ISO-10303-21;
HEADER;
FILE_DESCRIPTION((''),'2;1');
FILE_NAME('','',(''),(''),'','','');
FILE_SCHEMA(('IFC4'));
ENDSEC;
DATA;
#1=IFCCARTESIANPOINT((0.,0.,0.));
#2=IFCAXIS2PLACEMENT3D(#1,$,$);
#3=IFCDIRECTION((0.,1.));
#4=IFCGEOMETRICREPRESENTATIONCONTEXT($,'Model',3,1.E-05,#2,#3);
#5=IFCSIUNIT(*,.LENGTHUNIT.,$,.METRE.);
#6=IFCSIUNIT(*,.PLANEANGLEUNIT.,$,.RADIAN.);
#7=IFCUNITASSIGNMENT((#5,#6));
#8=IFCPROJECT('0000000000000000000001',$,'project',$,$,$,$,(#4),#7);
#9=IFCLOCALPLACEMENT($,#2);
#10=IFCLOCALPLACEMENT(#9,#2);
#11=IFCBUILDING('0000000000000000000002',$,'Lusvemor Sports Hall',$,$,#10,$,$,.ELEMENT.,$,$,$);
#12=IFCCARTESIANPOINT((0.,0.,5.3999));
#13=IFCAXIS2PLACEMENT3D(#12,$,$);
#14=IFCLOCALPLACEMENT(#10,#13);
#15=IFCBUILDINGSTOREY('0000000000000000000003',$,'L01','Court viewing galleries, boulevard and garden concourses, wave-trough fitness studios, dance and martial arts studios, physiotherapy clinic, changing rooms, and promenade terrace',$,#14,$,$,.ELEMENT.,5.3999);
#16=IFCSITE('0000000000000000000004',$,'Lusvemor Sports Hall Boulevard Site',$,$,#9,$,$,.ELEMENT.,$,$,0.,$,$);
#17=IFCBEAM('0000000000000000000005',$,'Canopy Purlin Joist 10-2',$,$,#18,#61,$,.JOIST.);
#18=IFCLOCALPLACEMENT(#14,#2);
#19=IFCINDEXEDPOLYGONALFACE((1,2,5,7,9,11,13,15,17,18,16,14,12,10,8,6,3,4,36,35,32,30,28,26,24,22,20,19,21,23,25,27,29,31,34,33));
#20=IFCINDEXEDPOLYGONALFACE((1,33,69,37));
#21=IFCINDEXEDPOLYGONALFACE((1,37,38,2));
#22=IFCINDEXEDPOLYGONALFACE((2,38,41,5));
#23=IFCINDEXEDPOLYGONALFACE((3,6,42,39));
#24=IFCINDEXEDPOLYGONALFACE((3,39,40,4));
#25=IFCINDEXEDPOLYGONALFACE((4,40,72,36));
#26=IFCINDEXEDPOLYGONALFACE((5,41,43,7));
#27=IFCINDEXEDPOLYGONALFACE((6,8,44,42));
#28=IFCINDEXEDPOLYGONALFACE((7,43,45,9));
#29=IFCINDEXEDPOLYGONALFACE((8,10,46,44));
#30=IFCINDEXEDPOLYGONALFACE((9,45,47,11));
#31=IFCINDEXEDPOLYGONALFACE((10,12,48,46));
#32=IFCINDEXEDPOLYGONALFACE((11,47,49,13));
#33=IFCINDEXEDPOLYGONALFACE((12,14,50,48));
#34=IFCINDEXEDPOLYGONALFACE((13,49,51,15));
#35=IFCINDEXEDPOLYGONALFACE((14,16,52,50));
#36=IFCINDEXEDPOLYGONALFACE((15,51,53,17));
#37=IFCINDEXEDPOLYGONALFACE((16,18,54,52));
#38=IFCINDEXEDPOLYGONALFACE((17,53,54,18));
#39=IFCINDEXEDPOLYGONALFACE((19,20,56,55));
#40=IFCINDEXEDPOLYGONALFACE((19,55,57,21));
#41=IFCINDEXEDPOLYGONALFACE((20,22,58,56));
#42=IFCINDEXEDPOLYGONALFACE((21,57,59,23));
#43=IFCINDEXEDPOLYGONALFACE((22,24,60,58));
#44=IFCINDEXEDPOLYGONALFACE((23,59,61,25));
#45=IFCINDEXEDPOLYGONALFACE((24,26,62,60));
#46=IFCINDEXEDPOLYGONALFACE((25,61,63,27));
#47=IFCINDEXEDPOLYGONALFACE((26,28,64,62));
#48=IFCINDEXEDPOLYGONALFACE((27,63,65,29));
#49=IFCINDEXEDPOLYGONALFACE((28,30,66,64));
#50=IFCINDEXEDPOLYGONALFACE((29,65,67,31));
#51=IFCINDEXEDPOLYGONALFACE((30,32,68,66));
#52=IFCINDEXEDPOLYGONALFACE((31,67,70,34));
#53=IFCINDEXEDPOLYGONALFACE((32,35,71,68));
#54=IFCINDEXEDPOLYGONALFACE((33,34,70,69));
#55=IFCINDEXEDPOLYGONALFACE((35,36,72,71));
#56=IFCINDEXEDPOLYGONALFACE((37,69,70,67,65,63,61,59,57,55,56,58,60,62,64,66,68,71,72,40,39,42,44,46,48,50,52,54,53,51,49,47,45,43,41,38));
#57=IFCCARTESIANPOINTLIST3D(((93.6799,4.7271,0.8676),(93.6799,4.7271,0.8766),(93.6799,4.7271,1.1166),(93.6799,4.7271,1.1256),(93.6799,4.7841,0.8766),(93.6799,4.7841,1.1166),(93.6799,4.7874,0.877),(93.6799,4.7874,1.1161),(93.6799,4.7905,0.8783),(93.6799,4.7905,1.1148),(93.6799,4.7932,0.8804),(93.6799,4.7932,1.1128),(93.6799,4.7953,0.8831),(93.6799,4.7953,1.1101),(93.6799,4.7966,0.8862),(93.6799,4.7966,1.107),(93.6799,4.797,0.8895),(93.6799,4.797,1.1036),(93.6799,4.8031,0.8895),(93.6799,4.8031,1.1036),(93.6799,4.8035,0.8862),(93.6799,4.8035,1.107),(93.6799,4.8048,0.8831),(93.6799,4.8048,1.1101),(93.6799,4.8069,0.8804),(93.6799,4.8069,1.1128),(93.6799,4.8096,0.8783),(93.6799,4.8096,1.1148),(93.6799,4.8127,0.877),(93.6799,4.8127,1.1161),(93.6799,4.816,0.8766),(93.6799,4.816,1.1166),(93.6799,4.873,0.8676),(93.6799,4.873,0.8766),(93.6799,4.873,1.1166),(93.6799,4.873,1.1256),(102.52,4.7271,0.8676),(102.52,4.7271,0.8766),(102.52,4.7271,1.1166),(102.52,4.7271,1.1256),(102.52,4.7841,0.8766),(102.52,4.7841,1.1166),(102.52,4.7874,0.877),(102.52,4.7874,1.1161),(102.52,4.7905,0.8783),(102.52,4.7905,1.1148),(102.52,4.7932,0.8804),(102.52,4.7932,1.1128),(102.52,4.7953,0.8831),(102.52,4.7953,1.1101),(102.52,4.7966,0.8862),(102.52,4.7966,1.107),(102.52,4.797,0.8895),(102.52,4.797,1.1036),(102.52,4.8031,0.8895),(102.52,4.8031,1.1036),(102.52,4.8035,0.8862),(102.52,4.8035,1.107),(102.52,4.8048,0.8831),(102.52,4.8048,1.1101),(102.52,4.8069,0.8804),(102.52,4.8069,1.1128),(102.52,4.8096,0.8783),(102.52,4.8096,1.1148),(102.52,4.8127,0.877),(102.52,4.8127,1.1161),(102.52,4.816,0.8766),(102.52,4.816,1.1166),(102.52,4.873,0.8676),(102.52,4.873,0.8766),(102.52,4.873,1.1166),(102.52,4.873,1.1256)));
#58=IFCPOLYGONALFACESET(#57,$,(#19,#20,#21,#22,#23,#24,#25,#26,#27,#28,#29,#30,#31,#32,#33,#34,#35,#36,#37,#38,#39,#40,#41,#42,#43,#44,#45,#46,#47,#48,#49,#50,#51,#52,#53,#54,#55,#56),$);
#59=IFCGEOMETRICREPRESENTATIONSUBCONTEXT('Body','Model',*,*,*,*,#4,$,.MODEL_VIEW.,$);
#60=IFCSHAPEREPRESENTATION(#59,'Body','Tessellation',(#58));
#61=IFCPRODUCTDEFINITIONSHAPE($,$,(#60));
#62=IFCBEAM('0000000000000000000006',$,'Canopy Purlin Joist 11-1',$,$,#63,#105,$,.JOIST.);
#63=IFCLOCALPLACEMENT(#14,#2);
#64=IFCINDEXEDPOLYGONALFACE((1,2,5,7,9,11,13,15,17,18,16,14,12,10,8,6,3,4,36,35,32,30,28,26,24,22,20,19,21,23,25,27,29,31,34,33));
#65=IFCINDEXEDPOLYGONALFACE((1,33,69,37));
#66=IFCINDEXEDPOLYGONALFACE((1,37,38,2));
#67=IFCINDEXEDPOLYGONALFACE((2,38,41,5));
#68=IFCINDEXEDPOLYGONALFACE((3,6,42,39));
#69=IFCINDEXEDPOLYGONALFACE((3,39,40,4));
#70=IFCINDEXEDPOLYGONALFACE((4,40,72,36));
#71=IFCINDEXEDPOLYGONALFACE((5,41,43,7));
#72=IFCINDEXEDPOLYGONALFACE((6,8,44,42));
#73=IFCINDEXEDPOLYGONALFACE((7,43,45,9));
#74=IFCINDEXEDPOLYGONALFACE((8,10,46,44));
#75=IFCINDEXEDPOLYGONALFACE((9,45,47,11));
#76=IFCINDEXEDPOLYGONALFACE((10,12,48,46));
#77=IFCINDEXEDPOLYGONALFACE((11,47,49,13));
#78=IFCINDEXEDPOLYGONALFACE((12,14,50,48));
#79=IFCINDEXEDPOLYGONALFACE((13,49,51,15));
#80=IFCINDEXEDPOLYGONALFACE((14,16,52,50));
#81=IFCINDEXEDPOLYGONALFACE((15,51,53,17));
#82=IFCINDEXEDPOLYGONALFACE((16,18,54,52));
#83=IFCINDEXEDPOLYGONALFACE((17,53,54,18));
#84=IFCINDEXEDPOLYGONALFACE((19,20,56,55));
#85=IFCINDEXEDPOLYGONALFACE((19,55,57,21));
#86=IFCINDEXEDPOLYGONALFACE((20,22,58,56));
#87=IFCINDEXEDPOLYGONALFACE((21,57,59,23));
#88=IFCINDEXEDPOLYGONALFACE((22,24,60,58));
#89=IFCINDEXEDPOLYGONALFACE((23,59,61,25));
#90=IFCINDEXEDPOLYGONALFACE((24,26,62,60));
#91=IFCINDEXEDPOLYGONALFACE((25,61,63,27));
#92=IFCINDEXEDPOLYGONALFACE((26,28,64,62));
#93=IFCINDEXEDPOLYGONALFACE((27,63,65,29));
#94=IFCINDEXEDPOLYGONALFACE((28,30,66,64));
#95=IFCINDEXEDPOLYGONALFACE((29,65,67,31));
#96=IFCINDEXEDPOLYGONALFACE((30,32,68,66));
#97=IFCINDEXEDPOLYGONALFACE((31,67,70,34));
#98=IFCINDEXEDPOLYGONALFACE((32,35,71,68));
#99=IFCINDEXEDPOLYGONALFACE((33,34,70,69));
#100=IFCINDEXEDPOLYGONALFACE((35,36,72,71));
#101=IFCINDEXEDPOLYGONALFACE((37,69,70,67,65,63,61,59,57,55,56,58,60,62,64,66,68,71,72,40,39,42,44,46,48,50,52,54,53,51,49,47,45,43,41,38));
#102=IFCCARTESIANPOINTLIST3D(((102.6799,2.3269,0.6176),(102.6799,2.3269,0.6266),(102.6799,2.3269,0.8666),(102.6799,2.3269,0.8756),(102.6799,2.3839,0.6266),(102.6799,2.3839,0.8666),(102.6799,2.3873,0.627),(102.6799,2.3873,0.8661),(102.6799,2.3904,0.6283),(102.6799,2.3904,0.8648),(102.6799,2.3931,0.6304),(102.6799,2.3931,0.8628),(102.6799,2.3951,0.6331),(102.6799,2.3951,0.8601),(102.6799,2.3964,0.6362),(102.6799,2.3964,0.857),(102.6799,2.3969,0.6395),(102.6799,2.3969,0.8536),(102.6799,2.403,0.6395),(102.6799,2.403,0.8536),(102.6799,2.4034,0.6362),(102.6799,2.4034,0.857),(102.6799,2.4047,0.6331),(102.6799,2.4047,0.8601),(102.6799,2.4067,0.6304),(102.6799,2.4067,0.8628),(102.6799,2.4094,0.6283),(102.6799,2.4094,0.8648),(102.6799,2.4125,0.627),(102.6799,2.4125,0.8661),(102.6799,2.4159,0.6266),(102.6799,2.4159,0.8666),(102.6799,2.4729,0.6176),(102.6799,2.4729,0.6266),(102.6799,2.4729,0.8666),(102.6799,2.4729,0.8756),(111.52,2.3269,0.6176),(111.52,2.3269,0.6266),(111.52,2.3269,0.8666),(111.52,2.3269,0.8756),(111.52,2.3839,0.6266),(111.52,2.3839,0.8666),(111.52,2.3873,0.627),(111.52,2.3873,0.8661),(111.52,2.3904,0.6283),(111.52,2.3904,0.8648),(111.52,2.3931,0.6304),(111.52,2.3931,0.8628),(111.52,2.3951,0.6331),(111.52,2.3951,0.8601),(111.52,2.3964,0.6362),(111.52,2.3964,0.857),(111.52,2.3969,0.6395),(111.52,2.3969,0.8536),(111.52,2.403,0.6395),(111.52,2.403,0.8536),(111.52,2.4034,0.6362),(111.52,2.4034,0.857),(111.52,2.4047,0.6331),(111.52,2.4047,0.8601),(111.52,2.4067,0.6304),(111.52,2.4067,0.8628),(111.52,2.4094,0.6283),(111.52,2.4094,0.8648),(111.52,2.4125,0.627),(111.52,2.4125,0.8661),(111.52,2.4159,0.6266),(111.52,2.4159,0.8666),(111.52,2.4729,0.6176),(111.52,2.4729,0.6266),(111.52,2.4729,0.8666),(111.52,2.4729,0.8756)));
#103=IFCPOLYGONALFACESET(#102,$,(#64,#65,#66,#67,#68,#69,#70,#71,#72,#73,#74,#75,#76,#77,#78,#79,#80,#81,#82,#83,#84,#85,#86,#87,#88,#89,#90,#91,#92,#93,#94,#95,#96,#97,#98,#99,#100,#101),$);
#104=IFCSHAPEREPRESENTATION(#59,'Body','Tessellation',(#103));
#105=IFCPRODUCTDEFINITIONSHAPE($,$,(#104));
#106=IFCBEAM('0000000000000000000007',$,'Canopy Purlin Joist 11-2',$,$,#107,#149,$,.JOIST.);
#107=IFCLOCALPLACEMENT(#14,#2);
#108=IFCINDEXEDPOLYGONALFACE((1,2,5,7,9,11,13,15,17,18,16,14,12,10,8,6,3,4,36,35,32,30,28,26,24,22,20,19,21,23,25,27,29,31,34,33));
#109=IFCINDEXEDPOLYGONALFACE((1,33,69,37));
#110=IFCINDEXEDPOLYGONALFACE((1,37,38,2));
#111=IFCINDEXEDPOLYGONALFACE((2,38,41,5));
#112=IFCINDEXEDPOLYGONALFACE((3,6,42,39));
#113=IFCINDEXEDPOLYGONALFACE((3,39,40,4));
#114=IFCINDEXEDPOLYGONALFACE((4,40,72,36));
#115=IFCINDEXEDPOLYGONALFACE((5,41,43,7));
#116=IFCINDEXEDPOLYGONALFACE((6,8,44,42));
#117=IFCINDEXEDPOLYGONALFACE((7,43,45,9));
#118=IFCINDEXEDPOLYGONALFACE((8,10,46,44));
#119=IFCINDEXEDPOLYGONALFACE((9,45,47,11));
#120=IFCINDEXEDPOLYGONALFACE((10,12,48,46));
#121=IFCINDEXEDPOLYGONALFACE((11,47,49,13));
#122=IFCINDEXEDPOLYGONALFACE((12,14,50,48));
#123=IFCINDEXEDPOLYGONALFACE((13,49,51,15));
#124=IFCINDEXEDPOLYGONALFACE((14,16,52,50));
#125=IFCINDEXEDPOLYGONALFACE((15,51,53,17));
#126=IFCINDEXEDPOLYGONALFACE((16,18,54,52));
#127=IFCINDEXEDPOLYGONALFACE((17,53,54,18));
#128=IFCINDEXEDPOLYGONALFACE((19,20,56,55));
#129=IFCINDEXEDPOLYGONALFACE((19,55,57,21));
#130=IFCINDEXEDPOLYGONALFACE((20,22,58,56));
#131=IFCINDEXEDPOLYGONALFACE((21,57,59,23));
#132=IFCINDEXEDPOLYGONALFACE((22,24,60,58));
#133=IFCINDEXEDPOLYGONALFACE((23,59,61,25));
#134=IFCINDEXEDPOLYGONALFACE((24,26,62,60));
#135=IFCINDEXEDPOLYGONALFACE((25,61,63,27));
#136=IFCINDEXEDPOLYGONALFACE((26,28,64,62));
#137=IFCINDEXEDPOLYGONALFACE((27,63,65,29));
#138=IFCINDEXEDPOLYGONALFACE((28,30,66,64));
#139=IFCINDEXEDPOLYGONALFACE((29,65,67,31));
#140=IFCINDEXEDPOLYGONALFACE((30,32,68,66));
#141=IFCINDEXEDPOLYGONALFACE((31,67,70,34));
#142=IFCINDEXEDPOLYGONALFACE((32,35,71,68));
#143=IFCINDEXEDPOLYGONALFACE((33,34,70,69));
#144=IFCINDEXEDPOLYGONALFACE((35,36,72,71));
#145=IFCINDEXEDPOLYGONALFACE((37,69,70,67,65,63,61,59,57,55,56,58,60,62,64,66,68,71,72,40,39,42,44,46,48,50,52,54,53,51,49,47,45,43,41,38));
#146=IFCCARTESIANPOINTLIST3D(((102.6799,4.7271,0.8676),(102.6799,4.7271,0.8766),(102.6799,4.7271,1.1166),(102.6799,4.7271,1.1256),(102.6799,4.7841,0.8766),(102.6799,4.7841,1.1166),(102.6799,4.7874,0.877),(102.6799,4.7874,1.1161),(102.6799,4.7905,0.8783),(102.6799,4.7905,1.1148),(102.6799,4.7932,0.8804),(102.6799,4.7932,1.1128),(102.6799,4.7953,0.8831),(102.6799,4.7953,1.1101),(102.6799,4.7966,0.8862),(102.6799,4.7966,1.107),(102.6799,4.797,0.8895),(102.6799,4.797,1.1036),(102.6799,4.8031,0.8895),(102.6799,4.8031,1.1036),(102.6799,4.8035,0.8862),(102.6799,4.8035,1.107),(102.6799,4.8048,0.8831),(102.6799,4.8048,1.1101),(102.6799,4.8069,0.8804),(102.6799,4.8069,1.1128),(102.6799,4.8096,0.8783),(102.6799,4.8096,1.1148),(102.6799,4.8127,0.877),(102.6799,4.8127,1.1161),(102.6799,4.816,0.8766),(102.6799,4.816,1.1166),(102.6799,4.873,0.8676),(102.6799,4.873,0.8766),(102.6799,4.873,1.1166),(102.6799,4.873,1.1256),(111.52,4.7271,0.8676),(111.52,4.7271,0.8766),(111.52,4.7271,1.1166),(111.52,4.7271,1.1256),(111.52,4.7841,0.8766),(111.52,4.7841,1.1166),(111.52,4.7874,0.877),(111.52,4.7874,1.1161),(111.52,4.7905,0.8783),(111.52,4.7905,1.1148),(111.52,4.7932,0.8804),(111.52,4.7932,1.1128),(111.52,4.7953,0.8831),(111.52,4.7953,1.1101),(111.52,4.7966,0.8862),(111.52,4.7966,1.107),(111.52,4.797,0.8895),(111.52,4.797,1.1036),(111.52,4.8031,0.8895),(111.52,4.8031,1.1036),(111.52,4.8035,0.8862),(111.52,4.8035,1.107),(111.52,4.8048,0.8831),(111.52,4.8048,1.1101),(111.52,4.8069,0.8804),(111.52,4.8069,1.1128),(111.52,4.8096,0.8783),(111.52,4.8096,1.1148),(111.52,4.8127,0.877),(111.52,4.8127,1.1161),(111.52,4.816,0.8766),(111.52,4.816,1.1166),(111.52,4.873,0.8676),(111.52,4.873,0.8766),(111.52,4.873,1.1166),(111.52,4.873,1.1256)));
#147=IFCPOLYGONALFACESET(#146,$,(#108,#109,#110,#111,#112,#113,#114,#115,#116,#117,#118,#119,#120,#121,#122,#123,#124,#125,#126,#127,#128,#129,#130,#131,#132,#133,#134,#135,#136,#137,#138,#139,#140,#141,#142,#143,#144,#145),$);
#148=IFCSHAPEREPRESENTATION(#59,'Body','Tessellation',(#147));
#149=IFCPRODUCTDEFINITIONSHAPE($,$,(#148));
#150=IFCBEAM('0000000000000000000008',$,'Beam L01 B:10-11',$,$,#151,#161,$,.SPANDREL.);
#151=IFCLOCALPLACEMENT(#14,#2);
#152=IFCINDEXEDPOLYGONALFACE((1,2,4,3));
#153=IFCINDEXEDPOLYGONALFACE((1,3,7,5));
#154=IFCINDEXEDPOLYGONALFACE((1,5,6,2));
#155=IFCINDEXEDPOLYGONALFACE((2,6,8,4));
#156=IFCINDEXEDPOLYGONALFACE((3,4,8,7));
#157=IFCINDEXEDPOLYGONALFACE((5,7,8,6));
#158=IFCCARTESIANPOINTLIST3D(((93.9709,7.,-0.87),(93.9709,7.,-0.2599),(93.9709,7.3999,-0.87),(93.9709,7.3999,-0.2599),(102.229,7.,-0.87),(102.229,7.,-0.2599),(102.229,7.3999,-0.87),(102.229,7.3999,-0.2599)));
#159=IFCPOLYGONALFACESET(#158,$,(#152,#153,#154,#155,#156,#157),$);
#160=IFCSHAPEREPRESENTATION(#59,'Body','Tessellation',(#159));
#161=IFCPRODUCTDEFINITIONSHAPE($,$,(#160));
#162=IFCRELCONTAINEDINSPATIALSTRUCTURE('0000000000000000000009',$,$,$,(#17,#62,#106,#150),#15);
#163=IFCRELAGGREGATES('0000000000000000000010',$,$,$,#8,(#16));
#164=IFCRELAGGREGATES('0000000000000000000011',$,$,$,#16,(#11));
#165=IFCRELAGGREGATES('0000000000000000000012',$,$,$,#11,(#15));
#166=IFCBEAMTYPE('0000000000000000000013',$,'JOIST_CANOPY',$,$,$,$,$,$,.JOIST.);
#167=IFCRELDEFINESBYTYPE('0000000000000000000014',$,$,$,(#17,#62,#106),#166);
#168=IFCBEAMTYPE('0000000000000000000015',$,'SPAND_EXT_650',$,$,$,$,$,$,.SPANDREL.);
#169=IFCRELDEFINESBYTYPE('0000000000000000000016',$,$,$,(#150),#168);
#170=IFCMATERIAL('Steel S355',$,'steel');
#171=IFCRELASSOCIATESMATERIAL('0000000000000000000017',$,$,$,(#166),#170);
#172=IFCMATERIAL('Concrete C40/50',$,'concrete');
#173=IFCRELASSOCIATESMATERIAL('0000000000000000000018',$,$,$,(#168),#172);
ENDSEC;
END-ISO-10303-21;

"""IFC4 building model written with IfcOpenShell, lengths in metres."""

from ifc_helpers import new_model, si_unit, direction, frame, origin, origin_2d, place, context, subcontext, project, spatial, rectangle, i_section, extrude, material, material_profile, profile_set, type_object, element, save


model = new_model("IFC4")

# Units and contexts
model_context = context("Model", 3, precision=1e-05, world=origin(), true_north=direction((0.0, 1.0)))
body_context = subcontext(model_context, "Body", "Model", "MODEL_VIEW")
ifc_project = project(units=[si_unit("LENGTHUNIT", "METRE"), si_unit("PLANEANGLEUNIT", "RADIAN")], contexts=[model_context])

# Site, building, storey
site_placement = place(None, origin())
site = spatial("IfcSite", under=ifc_project, at=site_placement, Name="Lusvemor Sports Hall Boulevard Site", CompositionType="ELEMENT", RefElevation=0.0)
building_placement = place(site_placement, origin())
building = spatial("IfcBuilding", under=site, at=building_placement, Name="Lusvemor Sports Hall", CompositionType="ELEMENT")
storey_placement = place(building_placement, frame((0.0, 0.0, 5.3999)))
storey = spatial("IfcBuildingStorey", under=building, at=storey_placement, Name="L01", Description="Court viewing galleries, boulevard and garden concourses, wave-trough fitness studios, dance and martial arts studios, physiotherapy clinic, changing rooms, and promenade terrace", CompositionType="ELEMENT", Elevation=5.3999)

# Beams
ifc_material_1 = material(Name="Steel S355", Category="steel")
ifc_material_profile_1 = material_profile(ifc_material_1, i_section(OverallWidth=0.146, OverallDepth=0.2581, WebThickness=0.0061, FlangeThickness=0.009, FilletRadius=0.0129, at=origin_2d()), Name="W250x32.7")
ifc_profile_set_1 = profile_set([ifc_material_profile_1], Name="Steel S355")
beam_type_1 = type_object("IfcBeamType", Name="JOIST_CANOPY", PredefinedType="JOIST", material=ifc_profile_set_1)
for number, where, z_axis, x_axis, name in (
    (1, (93.6799, 4.8, 0.9966), (1.0, 0.0, 0.0), (0.0, 1.0, 0.0), "Canopy Purlin Joist 10-2"),
    (2, (102.6799, 2.3999, 0.7466), (1.0, 0.0, 0.0), (0.0, 1.0, 0.0), "Canopy Purlin Joist 11-1"),
    (3, (102.6799, 4.8, 0.9966), (1.0, 0.0, 0.0), (0.0, 1.0, 0.0), "Canopy Purlin Joist 11-2"),
):
    element("IfcBeam", number, at=place(storey_placement, frame(where, z_axis=z_axis, x_axis=x_axis)), inside=storey, type_object=beam_type_1, Name=name, PredefinedType="JOIST", context=body_context, shape_type="SweptSolid", body=[
        extrude(i_section(OverallWidth=0.146, OverallDepth=0.2581, WebThickness=0.0061, FlangeThickness=0.009, FilletRadius=0.0129, at=origin_2d()), origin(), (0.0, 0.0, 1.0), 8.8401),
    ])
ifc_material_2 = material(Name="Concrete C40/50", Category="concrete")
ifc_material_profile_2 = material_profile(ifc_material_2, rectangle(XDim=0.3999, YDim=0.6101, at=origin_2d()), Name="RC400x610")
ifc_profile_set_2 = profile_set([ifc_material_profile_2], Name="Concrete C40/50")
beam_type_2 = type_object("IfcBeamType", Name="SPAND_EXT_650", PredefinedType="SPANDREL", material=ifc_profile_set_2)
beam_placement = place(storey_placement, frame((93.9709, 7.2, -0.5649), z_axis=(1.0, 0.0, 0.0), x_axis=(0.0, 1.0, 0.0)))
element("IfcBeam", 4, at=beam_placement, inside=storey, type_object=beam_type_2, Name="Beam L01 B:10-11", PredefinedType="SPANDREL", context=body_context, shape_type="SweptSolid", body=[
    extrude(rectangle(XDim=0.3999, YDim=0.6101, at=origin_2d()), origin(), (0.0, 0.0, 1.0), 8.2581),
])

save(model, "model.ifc")
